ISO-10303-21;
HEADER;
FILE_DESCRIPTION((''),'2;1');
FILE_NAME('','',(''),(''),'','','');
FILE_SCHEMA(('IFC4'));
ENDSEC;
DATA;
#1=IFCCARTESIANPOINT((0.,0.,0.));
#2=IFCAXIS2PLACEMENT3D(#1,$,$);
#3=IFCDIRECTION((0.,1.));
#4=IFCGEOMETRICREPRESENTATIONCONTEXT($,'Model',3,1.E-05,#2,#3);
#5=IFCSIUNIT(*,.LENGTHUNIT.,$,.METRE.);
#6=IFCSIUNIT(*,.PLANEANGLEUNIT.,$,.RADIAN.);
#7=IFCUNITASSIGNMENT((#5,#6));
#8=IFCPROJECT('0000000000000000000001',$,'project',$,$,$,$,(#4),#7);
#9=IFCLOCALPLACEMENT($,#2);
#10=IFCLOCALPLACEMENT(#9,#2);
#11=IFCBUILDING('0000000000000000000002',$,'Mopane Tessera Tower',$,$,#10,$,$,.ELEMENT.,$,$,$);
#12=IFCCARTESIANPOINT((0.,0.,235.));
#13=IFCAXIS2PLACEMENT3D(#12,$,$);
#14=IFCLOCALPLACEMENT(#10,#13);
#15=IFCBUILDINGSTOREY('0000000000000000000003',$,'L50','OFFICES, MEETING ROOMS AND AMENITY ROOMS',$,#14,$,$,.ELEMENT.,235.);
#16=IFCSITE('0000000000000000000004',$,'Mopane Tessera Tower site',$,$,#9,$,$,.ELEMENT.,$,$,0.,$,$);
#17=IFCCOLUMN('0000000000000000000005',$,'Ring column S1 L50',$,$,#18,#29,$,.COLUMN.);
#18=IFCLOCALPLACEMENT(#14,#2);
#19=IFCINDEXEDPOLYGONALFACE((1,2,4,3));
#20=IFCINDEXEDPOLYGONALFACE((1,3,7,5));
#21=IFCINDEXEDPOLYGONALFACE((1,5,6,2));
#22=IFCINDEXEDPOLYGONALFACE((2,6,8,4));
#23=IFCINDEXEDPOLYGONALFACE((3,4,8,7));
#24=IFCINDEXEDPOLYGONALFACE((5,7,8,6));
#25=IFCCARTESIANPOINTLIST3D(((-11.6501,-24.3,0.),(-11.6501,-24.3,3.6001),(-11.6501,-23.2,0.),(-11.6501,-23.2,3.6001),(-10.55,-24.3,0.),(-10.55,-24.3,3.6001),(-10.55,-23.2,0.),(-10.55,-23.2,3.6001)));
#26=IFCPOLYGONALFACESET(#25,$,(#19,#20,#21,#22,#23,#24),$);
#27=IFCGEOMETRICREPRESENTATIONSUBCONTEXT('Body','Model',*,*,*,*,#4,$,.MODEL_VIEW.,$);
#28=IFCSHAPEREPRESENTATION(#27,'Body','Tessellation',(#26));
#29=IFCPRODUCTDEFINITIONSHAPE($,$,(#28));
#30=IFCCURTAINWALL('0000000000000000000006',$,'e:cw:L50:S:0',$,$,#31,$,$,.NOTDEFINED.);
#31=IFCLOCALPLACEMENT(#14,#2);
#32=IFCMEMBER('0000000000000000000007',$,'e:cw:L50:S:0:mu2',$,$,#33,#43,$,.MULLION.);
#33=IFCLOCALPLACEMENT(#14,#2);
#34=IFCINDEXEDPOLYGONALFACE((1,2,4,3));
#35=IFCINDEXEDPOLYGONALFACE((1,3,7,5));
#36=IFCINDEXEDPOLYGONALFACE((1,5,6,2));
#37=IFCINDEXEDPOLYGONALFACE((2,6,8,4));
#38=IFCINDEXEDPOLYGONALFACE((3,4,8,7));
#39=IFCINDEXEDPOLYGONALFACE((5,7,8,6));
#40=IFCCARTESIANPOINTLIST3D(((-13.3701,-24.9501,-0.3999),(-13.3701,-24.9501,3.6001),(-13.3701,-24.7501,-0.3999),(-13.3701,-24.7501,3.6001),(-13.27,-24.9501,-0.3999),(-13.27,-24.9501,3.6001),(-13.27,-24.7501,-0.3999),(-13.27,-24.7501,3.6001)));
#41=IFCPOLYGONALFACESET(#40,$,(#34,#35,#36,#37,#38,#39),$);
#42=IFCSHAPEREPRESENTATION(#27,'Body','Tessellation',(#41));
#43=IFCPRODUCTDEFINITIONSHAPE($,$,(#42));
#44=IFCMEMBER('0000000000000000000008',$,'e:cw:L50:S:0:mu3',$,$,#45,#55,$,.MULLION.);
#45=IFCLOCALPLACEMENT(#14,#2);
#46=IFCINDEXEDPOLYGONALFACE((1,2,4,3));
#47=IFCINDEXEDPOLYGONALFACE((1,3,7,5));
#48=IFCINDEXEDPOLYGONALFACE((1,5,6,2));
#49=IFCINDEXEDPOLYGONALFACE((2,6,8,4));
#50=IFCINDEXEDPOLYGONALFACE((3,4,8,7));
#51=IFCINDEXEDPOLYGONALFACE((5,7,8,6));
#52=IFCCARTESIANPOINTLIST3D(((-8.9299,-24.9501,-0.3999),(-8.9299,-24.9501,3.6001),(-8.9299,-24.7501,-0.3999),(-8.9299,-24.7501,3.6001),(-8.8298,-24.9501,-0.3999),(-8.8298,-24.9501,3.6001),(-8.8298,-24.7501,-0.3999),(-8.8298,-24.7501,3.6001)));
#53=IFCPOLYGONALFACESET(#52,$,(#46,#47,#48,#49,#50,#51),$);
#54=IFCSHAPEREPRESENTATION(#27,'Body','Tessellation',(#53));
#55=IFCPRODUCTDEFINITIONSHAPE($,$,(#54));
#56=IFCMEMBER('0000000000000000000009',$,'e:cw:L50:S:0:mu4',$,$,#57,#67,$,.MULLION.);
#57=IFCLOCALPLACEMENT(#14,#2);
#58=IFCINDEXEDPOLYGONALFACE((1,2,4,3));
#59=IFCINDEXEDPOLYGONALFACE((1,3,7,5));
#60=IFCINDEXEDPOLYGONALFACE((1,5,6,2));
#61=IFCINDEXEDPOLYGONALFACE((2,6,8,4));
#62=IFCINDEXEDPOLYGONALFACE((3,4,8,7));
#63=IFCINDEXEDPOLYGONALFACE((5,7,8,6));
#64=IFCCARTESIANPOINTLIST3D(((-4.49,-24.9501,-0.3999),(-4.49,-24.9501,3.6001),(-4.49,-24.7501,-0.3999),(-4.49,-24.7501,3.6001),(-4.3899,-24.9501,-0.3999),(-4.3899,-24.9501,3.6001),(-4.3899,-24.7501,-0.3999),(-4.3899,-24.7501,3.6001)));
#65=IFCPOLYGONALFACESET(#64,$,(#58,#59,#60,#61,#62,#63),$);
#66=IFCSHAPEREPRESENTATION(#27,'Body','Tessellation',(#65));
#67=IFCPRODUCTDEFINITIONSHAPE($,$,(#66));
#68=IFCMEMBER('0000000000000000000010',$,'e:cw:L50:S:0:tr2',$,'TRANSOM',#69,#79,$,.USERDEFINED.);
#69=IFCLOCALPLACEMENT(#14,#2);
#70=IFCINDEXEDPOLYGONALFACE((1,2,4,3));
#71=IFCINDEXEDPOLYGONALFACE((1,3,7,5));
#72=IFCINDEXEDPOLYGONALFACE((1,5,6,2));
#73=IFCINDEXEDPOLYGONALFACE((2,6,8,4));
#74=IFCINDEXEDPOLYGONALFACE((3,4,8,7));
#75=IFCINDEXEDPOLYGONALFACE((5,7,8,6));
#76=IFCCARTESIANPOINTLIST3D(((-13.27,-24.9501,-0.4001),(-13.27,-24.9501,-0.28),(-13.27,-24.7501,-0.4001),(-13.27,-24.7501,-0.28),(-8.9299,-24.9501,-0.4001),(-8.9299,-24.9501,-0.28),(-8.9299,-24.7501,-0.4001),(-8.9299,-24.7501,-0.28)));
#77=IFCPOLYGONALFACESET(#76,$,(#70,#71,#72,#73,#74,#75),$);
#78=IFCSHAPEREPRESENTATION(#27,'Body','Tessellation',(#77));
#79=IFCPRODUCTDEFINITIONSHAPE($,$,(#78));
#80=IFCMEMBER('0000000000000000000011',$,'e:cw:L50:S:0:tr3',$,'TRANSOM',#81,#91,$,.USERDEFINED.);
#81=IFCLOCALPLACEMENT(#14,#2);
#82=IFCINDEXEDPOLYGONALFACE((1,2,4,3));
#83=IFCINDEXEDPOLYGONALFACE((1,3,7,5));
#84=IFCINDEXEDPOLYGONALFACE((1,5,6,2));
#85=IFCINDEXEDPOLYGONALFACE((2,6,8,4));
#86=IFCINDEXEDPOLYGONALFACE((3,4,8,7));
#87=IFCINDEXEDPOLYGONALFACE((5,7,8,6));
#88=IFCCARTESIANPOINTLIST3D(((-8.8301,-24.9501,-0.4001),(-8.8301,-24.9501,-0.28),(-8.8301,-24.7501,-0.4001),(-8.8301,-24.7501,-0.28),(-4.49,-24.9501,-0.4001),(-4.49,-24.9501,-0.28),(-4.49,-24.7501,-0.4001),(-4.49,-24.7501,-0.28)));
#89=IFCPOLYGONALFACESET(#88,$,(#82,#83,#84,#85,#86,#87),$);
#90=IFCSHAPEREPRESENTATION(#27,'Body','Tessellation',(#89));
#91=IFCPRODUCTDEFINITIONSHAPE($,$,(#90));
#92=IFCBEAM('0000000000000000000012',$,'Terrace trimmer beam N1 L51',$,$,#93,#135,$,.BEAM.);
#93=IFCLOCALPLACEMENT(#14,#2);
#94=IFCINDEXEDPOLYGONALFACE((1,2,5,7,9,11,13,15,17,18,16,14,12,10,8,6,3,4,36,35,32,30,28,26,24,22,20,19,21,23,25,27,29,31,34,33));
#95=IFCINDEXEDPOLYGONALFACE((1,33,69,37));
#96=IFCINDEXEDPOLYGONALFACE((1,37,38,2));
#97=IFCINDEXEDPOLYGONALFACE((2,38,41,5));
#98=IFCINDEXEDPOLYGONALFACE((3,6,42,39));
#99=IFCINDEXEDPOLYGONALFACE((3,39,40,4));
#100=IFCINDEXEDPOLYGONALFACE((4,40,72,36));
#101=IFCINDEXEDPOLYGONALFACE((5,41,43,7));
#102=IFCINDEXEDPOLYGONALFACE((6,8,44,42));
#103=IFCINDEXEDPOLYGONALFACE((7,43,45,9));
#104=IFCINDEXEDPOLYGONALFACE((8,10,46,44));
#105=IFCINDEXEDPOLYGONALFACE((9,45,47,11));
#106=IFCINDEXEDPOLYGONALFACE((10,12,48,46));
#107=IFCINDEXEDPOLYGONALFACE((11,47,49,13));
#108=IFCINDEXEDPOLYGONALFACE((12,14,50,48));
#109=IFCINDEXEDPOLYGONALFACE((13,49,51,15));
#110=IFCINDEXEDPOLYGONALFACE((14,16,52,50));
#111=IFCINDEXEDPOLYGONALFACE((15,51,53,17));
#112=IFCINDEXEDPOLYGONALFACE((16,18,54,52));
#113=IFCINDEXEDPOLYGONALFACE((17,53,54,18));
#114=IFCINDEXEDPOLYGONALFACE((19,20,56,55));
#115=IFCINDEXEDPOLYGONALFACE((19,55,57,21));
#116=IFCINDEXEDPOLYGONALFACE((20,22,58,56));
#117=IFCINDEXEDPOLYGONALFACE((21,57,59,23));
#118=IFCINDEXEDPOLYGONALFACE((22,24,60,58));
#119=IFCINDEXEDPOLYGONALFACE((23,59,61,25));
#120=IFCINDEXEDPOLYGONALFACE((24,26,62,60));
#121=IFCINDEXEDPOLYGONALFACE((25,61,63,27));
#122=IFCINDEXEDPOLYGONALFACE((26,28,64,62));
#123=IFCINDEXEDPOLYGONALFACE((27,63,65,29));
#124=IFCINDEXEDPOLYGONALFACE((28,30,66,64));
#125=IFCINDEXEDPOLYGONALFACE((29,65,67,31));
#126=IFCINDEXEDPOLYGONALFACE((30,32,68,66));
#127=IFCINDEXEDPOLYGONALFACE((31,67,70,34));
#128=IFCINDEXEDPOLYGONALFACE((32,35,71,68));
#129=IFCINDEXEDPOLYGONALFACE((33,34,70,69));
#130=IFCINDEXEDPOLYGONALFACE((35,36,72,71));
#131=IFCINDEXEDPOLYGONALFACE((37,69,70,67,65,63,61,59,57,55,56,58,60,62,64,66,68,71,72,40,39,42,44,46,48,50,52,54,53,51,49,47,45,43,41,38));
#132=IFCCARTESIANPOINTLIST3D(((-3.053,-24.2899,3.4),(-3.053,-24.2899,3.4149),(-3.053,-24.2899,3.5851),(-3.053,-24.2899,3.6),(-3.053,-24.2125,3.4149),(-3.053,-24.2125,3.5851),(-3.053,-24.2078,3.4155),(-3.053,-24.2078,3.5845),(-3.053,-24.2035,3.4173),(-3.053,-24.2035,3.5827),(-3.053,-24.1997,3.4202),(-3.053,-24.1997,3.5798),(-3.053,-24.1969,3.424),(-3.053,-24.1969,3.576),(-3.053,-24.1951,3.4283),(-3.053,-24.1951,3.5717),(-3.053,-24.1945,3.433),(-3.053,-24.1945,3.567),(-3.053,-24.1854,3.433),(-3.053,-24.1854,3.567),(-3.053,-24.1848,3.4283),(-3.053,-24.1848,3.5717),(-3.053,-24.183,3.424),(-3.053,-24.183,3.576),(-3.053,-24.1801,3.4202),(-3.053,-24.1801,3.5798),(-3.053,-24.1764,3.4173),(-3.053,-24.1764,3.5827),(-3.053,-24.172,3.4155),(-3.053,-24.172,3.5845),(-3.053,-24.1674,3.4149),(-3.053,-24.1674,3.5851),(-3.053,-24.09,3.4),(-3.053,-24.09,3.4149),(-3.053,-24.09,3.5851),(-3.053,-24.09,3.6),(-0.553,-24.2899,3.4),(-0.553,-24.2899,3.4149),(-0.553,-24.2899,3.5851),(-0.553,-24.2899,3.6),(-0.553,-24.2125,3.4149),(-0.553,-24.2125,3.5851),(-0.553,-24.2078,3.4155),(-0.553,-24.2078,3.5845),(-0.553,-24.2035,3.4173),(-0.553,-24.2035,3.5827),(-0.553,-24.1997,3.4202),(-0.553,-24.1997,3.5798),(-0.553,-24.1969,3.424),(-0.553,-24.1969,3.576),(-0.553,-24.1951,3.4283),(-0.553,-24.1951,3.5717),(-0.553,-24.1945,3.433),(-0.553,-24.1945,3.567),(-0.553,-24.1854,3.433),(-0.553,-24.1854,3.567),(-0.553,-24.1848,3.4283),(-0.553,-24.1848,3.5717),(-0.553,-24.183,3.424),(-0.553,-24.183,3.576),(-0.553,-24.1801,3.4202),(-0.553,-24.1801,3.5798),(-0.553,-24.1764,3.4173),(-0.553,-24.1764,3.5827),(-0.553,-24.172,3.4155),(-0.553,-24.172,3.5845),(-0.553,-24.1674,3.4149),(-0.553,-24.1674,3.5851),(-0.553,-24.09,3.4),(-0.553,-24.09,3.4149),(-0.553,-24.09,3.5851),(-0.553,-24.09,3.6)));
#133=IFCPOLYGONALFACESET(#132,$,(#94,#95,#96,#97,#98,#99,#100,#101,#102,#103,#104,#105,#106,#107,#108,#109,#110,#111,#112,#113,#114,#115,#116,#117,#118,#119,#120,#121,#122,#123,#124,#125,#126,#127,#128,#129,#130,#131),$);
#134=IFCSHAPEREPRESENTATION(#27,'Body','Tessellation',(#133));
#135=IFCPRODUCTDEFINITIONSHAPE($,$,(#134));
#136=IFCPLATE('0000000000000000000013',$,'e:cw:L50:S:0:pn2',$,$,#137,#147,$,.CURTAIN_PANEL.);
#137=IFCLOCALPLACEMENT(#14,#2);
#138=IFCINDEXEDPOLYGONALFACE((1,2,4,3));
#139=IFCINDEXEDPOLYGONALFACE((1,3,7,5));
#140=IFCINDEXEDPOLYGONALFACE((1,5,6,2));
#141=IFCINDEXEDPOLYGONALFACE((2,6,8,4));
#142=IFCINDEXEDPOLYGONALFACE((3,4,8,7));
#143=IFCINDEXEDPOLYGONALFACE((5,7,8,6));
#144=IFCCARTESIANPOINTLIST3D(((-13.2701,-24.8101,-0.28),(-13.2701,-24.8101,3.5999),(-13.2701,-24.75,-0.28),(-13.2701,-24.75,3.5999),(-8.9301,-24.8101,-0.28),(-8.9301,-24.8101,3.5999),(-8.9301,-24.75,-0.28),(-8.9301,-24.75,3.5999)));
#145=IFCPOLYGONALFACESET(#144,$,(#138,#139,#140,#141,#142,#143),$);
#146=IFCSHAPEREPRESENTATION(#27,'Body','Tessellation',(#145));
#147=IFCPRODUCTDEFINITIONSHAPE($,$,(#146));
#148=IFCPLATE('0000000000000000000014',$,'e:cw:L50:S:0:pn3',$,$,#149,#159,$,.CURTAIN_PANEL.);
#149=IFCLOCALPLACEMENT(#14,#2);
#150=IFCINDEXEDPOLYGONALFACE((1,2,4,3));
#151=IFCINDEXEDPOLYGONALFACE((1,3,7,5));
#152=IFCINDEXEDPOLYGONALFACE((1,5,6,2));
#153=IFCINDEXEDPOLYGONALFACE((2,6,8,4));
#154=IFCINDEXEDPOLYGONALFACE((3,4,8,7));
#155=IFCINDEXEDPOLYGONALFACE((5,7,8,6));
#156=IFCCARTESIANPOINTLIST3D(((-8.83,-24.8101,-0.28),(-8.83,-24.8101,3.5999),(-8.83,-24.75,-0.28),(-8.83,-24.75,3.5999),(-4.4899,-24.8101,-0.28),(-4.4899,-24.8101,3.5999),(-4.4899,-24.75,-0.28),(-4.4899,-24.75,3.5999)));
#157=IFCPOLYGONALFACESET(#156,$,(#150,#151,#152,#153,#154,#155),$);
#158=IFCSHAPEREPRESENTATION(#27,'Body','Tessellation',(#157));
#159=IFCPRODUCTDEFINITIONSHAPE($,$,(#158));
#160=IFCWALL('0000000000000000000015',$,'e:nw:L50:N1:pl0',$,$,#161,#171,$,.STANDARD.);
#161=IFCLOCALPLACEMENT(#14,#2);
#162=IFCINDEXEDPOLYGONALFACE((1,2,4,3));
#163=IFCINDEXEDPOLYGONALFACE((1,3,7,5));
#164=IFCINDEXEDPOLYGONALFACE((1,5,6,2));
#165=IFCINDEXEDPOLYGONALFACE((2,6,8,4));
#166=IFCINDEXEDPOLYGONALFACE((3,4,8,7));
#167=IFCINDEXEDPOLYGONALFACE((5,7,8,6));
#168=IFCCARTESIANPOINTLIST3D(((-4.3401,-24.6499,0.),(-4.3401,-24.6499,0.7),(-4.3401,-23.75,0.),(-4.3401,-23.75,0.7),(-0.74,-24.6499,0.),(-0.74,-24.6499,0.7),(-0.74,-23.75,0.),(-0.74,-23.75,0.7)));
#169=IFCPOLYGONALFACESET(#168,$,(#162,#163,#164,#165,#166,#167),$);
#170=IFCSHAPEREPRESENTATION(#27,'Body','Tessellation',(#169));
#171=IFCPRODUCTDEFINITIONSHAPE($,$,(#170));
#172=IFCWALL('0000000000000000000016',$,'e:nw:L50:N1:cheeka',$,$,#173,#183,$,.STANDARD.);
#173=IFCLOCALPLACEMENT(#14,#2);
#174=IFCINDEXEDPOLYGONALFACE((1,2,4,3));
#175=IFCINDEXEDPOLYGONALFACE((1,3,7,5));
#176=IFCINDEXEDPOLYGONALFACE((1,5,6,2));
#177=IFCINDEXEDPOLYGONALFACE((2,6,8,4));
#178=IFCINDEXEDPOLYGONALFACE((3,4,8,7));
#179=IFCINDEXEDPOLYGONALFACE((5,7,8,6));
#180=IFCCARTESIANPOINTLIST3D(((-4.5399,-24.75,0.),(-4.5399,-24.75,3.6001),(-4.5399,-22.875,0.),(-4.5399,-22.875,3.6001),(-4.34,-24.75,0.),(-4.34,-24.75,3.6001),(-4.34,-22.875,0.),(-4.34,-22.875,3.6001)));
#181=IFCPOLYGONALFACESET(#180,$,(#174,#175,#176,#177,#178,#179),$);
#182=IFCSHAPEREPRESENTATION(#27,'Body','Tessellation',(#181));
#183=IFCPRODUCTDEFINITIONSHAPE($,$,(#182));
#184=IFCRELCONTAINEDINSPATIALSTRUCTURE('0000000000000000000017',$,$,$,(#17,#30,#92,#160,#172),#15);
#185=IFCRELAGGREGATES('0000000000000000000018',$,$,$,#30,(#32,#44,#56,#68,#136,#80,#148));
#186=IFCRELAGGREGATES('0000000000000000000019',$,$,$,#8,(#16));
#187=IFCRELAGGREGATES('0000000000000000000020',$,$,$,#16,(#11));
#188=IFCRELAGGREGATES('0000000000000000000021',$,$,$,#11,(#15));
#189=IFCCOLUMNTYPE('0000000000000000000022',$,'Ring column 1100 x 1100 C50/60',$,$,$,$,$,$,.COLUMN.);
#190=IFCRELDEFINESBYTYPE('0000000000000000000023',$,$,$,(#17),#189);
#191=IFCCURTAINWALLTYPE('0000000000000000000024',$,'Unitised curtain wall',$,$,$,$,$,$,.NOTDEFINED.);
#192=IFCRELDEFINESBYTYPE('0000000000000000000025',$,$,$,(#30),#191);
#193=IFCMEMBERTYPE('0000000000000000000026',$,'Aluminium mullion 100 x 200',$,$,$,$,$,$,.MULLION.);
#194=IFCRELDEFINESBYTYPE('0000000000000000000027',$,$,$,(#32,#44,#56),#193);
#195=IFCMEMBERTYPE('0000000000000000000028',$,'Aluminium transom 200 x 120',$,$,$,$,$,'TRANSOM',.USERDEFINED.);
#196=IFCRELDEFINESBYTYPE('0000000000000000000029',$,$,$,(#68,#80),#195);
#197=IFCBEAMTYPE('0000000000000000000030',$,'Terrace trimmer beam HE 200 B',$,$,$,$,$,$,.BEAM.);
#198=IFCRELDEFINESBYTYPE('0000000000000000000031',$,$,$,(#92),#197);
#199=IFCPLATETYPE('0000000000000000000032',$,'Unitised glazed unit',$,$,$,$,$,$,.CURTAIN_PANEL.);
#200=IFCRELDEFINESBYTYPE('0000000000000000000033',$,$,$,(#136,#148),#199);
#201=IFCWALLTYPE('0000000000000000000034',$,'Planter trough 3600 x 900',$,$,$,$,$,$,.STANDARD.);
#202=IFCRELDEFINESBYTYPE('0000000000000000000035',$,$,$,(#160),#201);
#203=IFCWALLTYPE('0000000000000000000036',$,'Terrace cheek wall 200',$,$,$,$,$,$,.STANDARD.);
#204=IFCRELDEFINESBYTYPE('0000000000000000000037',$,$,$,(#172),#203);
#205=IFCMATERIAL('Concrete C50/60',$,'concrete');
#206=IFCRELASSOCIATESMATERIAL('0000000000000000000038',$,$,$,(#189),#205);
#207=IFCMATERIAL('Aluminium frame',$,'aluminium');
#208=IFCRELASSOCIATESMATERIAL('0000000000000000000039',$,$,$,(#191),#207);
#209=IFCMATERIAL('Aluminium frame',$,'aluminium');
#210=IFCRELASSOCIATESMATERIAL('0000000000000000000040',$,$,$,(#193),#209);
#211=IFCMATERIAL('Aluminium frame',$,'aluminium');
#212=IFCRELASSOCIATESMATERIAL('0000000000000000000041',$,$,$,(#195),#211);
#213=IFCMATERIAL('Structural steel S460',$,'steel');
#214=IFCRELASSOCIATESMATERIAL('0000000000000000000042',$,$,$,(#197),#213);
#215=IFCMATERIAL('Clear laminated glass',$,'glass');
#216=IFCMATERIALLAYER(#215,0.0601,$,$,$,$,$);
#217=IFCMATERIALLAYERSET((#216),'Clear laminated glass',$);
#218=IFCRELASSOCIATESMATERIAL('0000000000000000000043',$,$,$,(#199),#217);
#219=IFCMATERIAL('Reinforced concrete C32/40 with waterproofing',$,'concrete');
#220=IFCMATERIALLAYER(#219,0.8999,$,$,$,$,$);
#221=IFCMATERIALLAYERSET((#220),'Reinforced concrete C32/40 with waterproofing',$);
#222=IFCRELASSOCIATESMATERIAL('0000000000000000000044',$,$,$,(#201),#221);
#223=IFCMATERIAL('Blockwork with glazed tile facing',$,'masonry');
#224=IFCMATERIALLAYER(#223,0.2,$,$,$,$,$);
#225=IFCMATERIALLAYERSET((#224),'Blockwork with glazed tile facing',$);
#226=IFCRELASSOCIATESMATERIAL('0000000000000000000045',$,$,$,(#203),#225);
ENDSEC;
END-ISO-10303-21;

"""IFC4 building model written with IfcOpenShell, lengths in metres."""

from ifc_helpers import new_model, si_unit, direction, frame, frame_2d, origin, origin_2d, place, context, subcontext, project, spatial, rectangle, i_section, extrude, material, layer, layer_set, material_profile, profile_set, type_object, element, aggregate, save


model = new_model("IFC4")

# Units and contexts
model_context = context("Model", 3, precision=1e-05, world=origin(), true_north=direction((0.0, 1.0)))
body_context = subcontext(model_context, "Body", "Model", "MODEL_VIEW")
ifc_project = project(units=[si_unit("LENGTHUNIT", "METRE"), si_unit("PLANEANGLEUNIT", "RADIAN")], contexts=[model_context])

# Site, building, storey
site_placement = place(None, origin())
site = spatial("IfcSite", under=ifc_project, at=site_placement, Name="Mopane Tessera Tower site", CompositionType="ELEMENT", RefElevation=0.0)
building_placement = place(site_placement, origin())
building = spatial("IfcBuilding", under=site, at=building_placement, Name="Mopane Tessera Tower", CompositionType="ELEMENT")
storey_placement = place(building_placement, frame((0.0, 0.0, 235.0)))
storey = spatial("IfcBuildingStorey", under=building, at=storey_placement, Name="L50", Description="OFFICES, MEETING ROOMS AND AMENITY ROOMS", CompositionType="ELEMENT", Elevation=235.0)

# Column
ifc_material_1 = material(Name="Concrete C50/60", Category="concrete")
ifc_material_profile_1 = material_profile(ifc_material_1, rectangle(XDim=1.1001, YDim=1.1001, at=origin_2d()))
ifc_profile_set_1 = profile_set([ifc_material_profile_1], Name="Concrete C50/60")
column_type = type_object("IfcColumnType", Name="Ring column 1100 x 1100 C50/60", PredefinedType="COLUMN", material=ifc_profile_set_1)
column_placement = place(storey_placement, frame((-11.1001, -23.75, 0.0), z_axis=(0.0, 0.0, 1.0), x_axis=(1.0, 0.0, 0.0)))
element("IfcColumn", 1, at=column_placement, inside=storey, type_object=column_type, Name="Ring column S1 L50", PredefinedType="COLUMN", context=body_context, shape_type="SweptSolid", body=[
    extrude(rectangle(XDim=1.1001, YDim=1.1001, at=origin_2d()), origin(), (0.0, 0.0, 1.0), 3.6001),
])

# Curtain wall, members
ifc_material_2 = material(Name="Aluminium frame", Category="aluminium")
curtain_wall_type = type_object("IfcCurtainWallType", Name="Unitised curtain wall", PredefinedType="NOTDEFINED", material=ifc_material_2)
curtain_wall_placement = place(storey_placement, origin())
curtain_wall = element("IfcCurtainWall", 2, at=curtain_wall_placement, inside=storey, type_object=curtain_wall_type, Name="e:cw:L50:S:0", PredefinedType="NOTDEFINED")
ifc_material_3 = material(Name="Aluminium frame", Category="aluminium")
ifc_material_profile_2 = material_profile(ifc_material_3, rectangle(XDim=0.1001, YDim=0.2, at=origin_2d()))
ifc_profile_set_2 = profile_set([ifc_material_profile_2], Name="Aluminium frame")
member_type_1 = type_object("IfcMemberType", Name="Aluminium mullion 100 x 200", PredefinedType="MULLION", material=ifc_profile_set_2)
member_1_placement = place(storey_placement, frame((-13.3201, -24.8501, -0.3999), z_axis=(0.0, 0.0, 1.0), x_axis=(1.0, 0.0, 0.0)))
member_1 = element("IfcMember", 3, at=member_1_placement, type_object=member_type_1, Name="e:cw:L50:S:0:mu2", PredefinedType="MULLION", context=body_context, shape_type="SweptSolid", body=[
    extrude(rectangle(XDim=0.1001, YDim=0.2, at=origin_2d()), origin(), (0.0, 0.0, 1.0), 4.0),
])
member_2_placement = place(storey_placement, frame((-8.8799, -24.8501, -0.3999), z_axis=(0.0, 0.0, 1.0), x_axis=(1.0, 0.0, 0.0)))
member_2 = element("IfcMember", 4, at=member_2_placement, type_object=member_type_1, Name="e:cw:L50:S:0:mu3", PredefinedType="MULLION", context=body_context, shape_type="SweptSolid", body=[
    extrude(rectangle(XDim=0.1001, YDim=0.2, at=origin_2d()), origin(), (0.0, 0.0, 1.0), 4.0),
])
member_3_placement = place(storey_placement, frame((-4.4399, -24.8501, -0.3999), z_axis=(0.0, 0.0, 1.0), x_axis=(1.0, 0.0, 0.0)))
member_3 = element("IfcMember", 5, at=member_3_placement, type_object=member_type_1, Name="e:cw:L50:S:0:mu4", PredefinedType="MULLION", context=body_context, shape_type="SweptSolid", body=[
    extrude(rectangle(XDim=0.1001, YDim=0.2, at=origin_2d()), origin(), (0.0, 0.0, 1.0), 4.0),
])
ifc_material_4 = material(Name="Aluminium frame", Category="aluminium")
ifc_material_profile_3 = material_profile(ifc_material_4, rectangle(XDim=0.2, YDim=0.1201, at=origin_2d()))
ifc_profile_set_3 = profile_set([ifc_material_profile_3], Name="Aluminium frame")
member_type_2 = type_object("IfcMemberType", Name="Aluminium transom 200 x 120", ElementType="TRANSOM", PredefinedType="USERDEFINED", material=ifc_profile_set_3)
member_4_placement = place(storey_placement, frame((-13.27, -24.8501, -0.3401), z_axis=(1.0, 0.0, 0.0), x_axis=(0.0, 1.0, 0.0)))
member_4 = element("IfcMember", 6, at=member_4_placement, type_object=member_type_2, Name="e:cw:L50:S:0:tr2", ObjectType="TRANSOM", PredefinedType="USERDEFINED", context=body_context, shape_type="SweptSolid", body=[
    extrude(rectangle(XDim=0.2, YDim=0.1201, at=origin_2d()), origin(), (0.0, 0.0, 1.0), 4.3401),
])
member_5_placement = place(storey_placement, frame((-8.8301, -24.8501, -0.3401), z_axis=(1.0, 0.0, 0.0), x_axis=(0.0, 1.0, 0.0)))
member_5 = element("IfcMember", 7, at=member_5_placement, type_object=member_type_2, Name="e:cw:L50:S:0:tr3", ObjectType="TRANSOM", PredefinedType="USERDEFINED", context=body_context, shape_type="SweptSolid", body=[
    extrude(rectangle(XDim=0.2, YDim=0.1201, at=origin_2d()), origin(), (0.0, 0.0, 1.0), 4.3401),
])

# Beam
ifc_material_5 = material(Name="Structural steel S460", Category="steel")
ifc_material_profile_4 = material_profile(ifc_material_5, i_section(OverallWidth=0.2, OverallDepth=0.2, WebThickness=0.009, FlangeThickness=0.0149, FilletRadius=0.0181, at=origin_2d()))
ifc_profile_set_4 = profile_set([ifc_material_profile_4], Name="Structural steel S460")
beam_type = type_object("IfcBeamType", Name="Terrace trimmer beam HE 200 B", PredefinedType="BEAM", material=ifc_profile_set_4)
beam_placement = place(storey_placement, frame((-0.553, -24.1899, 3.5), z_axis=(-1.0, 0.0, 0.0), x_axis=(0.0, -1.0, 0.0)))
element("IfcBeam", 8, at=beam_placement, inside=storey, type_object=beam_type, Name="Terrace trimmer beam N1 L51", PredefinedType="BEAM", context=body_context, shape_type="SweptSolid", body=[
    extrude(i_section(OverallWidth=0.2, OverallDepth=0.2, WebThickness=0.009, FlangeThickness=0.0149, FilletRadius=0.0181, at=origin_2d()), origin(), (0.0, 0.0, 1.0), 2.5),
])

# Plates
ifc_material_6 = material(Name="Clear laminated glass", Category="glass")
ifc_layer_1 = layer(ifc_material_6, 0.0601)
ifc_layer_set_1 = layer_set([ifc_layer_1], Name="Clear laminated glass")
plate_type = type_object("IfcPlateType", Name="Unitised glazed unit", PredefinedType="CURTAIN_PANEL", material=ifc_layer_set_1)
plate_1_placement = place(storey_placement, frame((-11.1001, -24.78, -0.28), z_axis=(0.0, 0.0, 1.0), x_axis=(1.0, 0.0, 0.0)))
plate_1 = element("IfcPlate", 9, at=plate_1_placement, type_object=plate_type, Name="e:cw:L50:S:0:pn2", PredefinedType="CURTAIN_PANEL", context=body_context, shape_type="SweptSolid", body=[
    extrude(rectangle(XDim=4.3401, YDim=0.0601, at=origin_2d()), origin(), (0.0, 0.0, 1.0), 3.8799),
])
plate_2_placement = place(storey_placement, frame((-6.6599, -24.78, -0.28), z_axis=(0.0, 0.0, 1.0), x_axis=(1.0, 0.0, 0.0)))
plate_2 = element("IfcPlate", 10, at=plate_2_placement, type_object=plate_type, Name="e:cw:L50:S:0:pn3", PredefinedType="CURTAIN_PANEL", context=body_context, shape_type="SweptSolid", body=[
    extrude(rectangle(XDim=4.3401, YDim=0.0601, at=origin_2d()), origin(), (0.0, 0.0, 1.0), 3.8799),
])
aggregate(curtain_wall, [member_1, member_2, member_3, member_4, plate_1, member_5, plate_2])

# Walls
ifc_material_7 = material(Name="Reinforced concrete C32/40 with waterproofing", Category="concrete")
ifc_layer_2 = layer(ifc_material_7, 0.8999)
ifc_layer_set_2 = layer_set([ifc_layer_2], Name="Reinforced concrete C32/40 with waterproofing")
wall_type_1 = type_object("IfcWallType", Name="Planter trough 3600 x 900", PredefinedType="STANDARD", material=ifc_layer_set_2)
wall_1_placement = place(storey_placement, frame((-4.3401, -24.2, 0.0), z_axis=(0.0, 0.0, 1.0), x_axis=(1.0, 0.0, 0.0)))
element("IfcWall", 11, at=wall_1_placement, inside=storey, type_object=wall_type_1, Name="e:nw:L50:N1:pl0", PredefinedType="STANDARD", context=body_context, shape_type="SweptSolid", body=[
    extrude(rectangle(XDim=3.6001, YDim=0.8999, at=frame_2d((1.8, 0.0))), origin(), (0.0, 0.0, 1.0), 0.7),
])
ifc_material_8 = material(Name="Blockwork with glazed tile facing", Category="masonry")
ifc_layer_3 = layer(ifc_material_8, 0.2)
ifc_layer_set_3 = layer_set([ifc_layer_3], Name="Blockwork with glazed tile facing")
wall_type_2 = type_object("IfcWallType", Name="Terrace cheek wall 200", PredefinedType="STANDARD", material=ifc_layer_set_3)
wall_2_placement = place(storey_placement, frame((-4.4399, -24.75, 0.0), z_axis=(0.0, 0.0, 1.0), x_axis=(0.0, 1.0, 0.0)))
element("IfcWall", 12, at=wall_2_placement, inside=storey, type_object=wall_type_2, Name="e:nw:L50:N1:cheeka", PredefinedType="STANDARD", context=body_context, shape_type="SweptSolid", body=[
    extrude(rectangle(XDim=1.875, YDim=0.2, at=frame_2d((0.9375, 0.0))), origin(), (0.0, 0.0, 1.0), 3.6001),
])

save(model, "model.ifc")
